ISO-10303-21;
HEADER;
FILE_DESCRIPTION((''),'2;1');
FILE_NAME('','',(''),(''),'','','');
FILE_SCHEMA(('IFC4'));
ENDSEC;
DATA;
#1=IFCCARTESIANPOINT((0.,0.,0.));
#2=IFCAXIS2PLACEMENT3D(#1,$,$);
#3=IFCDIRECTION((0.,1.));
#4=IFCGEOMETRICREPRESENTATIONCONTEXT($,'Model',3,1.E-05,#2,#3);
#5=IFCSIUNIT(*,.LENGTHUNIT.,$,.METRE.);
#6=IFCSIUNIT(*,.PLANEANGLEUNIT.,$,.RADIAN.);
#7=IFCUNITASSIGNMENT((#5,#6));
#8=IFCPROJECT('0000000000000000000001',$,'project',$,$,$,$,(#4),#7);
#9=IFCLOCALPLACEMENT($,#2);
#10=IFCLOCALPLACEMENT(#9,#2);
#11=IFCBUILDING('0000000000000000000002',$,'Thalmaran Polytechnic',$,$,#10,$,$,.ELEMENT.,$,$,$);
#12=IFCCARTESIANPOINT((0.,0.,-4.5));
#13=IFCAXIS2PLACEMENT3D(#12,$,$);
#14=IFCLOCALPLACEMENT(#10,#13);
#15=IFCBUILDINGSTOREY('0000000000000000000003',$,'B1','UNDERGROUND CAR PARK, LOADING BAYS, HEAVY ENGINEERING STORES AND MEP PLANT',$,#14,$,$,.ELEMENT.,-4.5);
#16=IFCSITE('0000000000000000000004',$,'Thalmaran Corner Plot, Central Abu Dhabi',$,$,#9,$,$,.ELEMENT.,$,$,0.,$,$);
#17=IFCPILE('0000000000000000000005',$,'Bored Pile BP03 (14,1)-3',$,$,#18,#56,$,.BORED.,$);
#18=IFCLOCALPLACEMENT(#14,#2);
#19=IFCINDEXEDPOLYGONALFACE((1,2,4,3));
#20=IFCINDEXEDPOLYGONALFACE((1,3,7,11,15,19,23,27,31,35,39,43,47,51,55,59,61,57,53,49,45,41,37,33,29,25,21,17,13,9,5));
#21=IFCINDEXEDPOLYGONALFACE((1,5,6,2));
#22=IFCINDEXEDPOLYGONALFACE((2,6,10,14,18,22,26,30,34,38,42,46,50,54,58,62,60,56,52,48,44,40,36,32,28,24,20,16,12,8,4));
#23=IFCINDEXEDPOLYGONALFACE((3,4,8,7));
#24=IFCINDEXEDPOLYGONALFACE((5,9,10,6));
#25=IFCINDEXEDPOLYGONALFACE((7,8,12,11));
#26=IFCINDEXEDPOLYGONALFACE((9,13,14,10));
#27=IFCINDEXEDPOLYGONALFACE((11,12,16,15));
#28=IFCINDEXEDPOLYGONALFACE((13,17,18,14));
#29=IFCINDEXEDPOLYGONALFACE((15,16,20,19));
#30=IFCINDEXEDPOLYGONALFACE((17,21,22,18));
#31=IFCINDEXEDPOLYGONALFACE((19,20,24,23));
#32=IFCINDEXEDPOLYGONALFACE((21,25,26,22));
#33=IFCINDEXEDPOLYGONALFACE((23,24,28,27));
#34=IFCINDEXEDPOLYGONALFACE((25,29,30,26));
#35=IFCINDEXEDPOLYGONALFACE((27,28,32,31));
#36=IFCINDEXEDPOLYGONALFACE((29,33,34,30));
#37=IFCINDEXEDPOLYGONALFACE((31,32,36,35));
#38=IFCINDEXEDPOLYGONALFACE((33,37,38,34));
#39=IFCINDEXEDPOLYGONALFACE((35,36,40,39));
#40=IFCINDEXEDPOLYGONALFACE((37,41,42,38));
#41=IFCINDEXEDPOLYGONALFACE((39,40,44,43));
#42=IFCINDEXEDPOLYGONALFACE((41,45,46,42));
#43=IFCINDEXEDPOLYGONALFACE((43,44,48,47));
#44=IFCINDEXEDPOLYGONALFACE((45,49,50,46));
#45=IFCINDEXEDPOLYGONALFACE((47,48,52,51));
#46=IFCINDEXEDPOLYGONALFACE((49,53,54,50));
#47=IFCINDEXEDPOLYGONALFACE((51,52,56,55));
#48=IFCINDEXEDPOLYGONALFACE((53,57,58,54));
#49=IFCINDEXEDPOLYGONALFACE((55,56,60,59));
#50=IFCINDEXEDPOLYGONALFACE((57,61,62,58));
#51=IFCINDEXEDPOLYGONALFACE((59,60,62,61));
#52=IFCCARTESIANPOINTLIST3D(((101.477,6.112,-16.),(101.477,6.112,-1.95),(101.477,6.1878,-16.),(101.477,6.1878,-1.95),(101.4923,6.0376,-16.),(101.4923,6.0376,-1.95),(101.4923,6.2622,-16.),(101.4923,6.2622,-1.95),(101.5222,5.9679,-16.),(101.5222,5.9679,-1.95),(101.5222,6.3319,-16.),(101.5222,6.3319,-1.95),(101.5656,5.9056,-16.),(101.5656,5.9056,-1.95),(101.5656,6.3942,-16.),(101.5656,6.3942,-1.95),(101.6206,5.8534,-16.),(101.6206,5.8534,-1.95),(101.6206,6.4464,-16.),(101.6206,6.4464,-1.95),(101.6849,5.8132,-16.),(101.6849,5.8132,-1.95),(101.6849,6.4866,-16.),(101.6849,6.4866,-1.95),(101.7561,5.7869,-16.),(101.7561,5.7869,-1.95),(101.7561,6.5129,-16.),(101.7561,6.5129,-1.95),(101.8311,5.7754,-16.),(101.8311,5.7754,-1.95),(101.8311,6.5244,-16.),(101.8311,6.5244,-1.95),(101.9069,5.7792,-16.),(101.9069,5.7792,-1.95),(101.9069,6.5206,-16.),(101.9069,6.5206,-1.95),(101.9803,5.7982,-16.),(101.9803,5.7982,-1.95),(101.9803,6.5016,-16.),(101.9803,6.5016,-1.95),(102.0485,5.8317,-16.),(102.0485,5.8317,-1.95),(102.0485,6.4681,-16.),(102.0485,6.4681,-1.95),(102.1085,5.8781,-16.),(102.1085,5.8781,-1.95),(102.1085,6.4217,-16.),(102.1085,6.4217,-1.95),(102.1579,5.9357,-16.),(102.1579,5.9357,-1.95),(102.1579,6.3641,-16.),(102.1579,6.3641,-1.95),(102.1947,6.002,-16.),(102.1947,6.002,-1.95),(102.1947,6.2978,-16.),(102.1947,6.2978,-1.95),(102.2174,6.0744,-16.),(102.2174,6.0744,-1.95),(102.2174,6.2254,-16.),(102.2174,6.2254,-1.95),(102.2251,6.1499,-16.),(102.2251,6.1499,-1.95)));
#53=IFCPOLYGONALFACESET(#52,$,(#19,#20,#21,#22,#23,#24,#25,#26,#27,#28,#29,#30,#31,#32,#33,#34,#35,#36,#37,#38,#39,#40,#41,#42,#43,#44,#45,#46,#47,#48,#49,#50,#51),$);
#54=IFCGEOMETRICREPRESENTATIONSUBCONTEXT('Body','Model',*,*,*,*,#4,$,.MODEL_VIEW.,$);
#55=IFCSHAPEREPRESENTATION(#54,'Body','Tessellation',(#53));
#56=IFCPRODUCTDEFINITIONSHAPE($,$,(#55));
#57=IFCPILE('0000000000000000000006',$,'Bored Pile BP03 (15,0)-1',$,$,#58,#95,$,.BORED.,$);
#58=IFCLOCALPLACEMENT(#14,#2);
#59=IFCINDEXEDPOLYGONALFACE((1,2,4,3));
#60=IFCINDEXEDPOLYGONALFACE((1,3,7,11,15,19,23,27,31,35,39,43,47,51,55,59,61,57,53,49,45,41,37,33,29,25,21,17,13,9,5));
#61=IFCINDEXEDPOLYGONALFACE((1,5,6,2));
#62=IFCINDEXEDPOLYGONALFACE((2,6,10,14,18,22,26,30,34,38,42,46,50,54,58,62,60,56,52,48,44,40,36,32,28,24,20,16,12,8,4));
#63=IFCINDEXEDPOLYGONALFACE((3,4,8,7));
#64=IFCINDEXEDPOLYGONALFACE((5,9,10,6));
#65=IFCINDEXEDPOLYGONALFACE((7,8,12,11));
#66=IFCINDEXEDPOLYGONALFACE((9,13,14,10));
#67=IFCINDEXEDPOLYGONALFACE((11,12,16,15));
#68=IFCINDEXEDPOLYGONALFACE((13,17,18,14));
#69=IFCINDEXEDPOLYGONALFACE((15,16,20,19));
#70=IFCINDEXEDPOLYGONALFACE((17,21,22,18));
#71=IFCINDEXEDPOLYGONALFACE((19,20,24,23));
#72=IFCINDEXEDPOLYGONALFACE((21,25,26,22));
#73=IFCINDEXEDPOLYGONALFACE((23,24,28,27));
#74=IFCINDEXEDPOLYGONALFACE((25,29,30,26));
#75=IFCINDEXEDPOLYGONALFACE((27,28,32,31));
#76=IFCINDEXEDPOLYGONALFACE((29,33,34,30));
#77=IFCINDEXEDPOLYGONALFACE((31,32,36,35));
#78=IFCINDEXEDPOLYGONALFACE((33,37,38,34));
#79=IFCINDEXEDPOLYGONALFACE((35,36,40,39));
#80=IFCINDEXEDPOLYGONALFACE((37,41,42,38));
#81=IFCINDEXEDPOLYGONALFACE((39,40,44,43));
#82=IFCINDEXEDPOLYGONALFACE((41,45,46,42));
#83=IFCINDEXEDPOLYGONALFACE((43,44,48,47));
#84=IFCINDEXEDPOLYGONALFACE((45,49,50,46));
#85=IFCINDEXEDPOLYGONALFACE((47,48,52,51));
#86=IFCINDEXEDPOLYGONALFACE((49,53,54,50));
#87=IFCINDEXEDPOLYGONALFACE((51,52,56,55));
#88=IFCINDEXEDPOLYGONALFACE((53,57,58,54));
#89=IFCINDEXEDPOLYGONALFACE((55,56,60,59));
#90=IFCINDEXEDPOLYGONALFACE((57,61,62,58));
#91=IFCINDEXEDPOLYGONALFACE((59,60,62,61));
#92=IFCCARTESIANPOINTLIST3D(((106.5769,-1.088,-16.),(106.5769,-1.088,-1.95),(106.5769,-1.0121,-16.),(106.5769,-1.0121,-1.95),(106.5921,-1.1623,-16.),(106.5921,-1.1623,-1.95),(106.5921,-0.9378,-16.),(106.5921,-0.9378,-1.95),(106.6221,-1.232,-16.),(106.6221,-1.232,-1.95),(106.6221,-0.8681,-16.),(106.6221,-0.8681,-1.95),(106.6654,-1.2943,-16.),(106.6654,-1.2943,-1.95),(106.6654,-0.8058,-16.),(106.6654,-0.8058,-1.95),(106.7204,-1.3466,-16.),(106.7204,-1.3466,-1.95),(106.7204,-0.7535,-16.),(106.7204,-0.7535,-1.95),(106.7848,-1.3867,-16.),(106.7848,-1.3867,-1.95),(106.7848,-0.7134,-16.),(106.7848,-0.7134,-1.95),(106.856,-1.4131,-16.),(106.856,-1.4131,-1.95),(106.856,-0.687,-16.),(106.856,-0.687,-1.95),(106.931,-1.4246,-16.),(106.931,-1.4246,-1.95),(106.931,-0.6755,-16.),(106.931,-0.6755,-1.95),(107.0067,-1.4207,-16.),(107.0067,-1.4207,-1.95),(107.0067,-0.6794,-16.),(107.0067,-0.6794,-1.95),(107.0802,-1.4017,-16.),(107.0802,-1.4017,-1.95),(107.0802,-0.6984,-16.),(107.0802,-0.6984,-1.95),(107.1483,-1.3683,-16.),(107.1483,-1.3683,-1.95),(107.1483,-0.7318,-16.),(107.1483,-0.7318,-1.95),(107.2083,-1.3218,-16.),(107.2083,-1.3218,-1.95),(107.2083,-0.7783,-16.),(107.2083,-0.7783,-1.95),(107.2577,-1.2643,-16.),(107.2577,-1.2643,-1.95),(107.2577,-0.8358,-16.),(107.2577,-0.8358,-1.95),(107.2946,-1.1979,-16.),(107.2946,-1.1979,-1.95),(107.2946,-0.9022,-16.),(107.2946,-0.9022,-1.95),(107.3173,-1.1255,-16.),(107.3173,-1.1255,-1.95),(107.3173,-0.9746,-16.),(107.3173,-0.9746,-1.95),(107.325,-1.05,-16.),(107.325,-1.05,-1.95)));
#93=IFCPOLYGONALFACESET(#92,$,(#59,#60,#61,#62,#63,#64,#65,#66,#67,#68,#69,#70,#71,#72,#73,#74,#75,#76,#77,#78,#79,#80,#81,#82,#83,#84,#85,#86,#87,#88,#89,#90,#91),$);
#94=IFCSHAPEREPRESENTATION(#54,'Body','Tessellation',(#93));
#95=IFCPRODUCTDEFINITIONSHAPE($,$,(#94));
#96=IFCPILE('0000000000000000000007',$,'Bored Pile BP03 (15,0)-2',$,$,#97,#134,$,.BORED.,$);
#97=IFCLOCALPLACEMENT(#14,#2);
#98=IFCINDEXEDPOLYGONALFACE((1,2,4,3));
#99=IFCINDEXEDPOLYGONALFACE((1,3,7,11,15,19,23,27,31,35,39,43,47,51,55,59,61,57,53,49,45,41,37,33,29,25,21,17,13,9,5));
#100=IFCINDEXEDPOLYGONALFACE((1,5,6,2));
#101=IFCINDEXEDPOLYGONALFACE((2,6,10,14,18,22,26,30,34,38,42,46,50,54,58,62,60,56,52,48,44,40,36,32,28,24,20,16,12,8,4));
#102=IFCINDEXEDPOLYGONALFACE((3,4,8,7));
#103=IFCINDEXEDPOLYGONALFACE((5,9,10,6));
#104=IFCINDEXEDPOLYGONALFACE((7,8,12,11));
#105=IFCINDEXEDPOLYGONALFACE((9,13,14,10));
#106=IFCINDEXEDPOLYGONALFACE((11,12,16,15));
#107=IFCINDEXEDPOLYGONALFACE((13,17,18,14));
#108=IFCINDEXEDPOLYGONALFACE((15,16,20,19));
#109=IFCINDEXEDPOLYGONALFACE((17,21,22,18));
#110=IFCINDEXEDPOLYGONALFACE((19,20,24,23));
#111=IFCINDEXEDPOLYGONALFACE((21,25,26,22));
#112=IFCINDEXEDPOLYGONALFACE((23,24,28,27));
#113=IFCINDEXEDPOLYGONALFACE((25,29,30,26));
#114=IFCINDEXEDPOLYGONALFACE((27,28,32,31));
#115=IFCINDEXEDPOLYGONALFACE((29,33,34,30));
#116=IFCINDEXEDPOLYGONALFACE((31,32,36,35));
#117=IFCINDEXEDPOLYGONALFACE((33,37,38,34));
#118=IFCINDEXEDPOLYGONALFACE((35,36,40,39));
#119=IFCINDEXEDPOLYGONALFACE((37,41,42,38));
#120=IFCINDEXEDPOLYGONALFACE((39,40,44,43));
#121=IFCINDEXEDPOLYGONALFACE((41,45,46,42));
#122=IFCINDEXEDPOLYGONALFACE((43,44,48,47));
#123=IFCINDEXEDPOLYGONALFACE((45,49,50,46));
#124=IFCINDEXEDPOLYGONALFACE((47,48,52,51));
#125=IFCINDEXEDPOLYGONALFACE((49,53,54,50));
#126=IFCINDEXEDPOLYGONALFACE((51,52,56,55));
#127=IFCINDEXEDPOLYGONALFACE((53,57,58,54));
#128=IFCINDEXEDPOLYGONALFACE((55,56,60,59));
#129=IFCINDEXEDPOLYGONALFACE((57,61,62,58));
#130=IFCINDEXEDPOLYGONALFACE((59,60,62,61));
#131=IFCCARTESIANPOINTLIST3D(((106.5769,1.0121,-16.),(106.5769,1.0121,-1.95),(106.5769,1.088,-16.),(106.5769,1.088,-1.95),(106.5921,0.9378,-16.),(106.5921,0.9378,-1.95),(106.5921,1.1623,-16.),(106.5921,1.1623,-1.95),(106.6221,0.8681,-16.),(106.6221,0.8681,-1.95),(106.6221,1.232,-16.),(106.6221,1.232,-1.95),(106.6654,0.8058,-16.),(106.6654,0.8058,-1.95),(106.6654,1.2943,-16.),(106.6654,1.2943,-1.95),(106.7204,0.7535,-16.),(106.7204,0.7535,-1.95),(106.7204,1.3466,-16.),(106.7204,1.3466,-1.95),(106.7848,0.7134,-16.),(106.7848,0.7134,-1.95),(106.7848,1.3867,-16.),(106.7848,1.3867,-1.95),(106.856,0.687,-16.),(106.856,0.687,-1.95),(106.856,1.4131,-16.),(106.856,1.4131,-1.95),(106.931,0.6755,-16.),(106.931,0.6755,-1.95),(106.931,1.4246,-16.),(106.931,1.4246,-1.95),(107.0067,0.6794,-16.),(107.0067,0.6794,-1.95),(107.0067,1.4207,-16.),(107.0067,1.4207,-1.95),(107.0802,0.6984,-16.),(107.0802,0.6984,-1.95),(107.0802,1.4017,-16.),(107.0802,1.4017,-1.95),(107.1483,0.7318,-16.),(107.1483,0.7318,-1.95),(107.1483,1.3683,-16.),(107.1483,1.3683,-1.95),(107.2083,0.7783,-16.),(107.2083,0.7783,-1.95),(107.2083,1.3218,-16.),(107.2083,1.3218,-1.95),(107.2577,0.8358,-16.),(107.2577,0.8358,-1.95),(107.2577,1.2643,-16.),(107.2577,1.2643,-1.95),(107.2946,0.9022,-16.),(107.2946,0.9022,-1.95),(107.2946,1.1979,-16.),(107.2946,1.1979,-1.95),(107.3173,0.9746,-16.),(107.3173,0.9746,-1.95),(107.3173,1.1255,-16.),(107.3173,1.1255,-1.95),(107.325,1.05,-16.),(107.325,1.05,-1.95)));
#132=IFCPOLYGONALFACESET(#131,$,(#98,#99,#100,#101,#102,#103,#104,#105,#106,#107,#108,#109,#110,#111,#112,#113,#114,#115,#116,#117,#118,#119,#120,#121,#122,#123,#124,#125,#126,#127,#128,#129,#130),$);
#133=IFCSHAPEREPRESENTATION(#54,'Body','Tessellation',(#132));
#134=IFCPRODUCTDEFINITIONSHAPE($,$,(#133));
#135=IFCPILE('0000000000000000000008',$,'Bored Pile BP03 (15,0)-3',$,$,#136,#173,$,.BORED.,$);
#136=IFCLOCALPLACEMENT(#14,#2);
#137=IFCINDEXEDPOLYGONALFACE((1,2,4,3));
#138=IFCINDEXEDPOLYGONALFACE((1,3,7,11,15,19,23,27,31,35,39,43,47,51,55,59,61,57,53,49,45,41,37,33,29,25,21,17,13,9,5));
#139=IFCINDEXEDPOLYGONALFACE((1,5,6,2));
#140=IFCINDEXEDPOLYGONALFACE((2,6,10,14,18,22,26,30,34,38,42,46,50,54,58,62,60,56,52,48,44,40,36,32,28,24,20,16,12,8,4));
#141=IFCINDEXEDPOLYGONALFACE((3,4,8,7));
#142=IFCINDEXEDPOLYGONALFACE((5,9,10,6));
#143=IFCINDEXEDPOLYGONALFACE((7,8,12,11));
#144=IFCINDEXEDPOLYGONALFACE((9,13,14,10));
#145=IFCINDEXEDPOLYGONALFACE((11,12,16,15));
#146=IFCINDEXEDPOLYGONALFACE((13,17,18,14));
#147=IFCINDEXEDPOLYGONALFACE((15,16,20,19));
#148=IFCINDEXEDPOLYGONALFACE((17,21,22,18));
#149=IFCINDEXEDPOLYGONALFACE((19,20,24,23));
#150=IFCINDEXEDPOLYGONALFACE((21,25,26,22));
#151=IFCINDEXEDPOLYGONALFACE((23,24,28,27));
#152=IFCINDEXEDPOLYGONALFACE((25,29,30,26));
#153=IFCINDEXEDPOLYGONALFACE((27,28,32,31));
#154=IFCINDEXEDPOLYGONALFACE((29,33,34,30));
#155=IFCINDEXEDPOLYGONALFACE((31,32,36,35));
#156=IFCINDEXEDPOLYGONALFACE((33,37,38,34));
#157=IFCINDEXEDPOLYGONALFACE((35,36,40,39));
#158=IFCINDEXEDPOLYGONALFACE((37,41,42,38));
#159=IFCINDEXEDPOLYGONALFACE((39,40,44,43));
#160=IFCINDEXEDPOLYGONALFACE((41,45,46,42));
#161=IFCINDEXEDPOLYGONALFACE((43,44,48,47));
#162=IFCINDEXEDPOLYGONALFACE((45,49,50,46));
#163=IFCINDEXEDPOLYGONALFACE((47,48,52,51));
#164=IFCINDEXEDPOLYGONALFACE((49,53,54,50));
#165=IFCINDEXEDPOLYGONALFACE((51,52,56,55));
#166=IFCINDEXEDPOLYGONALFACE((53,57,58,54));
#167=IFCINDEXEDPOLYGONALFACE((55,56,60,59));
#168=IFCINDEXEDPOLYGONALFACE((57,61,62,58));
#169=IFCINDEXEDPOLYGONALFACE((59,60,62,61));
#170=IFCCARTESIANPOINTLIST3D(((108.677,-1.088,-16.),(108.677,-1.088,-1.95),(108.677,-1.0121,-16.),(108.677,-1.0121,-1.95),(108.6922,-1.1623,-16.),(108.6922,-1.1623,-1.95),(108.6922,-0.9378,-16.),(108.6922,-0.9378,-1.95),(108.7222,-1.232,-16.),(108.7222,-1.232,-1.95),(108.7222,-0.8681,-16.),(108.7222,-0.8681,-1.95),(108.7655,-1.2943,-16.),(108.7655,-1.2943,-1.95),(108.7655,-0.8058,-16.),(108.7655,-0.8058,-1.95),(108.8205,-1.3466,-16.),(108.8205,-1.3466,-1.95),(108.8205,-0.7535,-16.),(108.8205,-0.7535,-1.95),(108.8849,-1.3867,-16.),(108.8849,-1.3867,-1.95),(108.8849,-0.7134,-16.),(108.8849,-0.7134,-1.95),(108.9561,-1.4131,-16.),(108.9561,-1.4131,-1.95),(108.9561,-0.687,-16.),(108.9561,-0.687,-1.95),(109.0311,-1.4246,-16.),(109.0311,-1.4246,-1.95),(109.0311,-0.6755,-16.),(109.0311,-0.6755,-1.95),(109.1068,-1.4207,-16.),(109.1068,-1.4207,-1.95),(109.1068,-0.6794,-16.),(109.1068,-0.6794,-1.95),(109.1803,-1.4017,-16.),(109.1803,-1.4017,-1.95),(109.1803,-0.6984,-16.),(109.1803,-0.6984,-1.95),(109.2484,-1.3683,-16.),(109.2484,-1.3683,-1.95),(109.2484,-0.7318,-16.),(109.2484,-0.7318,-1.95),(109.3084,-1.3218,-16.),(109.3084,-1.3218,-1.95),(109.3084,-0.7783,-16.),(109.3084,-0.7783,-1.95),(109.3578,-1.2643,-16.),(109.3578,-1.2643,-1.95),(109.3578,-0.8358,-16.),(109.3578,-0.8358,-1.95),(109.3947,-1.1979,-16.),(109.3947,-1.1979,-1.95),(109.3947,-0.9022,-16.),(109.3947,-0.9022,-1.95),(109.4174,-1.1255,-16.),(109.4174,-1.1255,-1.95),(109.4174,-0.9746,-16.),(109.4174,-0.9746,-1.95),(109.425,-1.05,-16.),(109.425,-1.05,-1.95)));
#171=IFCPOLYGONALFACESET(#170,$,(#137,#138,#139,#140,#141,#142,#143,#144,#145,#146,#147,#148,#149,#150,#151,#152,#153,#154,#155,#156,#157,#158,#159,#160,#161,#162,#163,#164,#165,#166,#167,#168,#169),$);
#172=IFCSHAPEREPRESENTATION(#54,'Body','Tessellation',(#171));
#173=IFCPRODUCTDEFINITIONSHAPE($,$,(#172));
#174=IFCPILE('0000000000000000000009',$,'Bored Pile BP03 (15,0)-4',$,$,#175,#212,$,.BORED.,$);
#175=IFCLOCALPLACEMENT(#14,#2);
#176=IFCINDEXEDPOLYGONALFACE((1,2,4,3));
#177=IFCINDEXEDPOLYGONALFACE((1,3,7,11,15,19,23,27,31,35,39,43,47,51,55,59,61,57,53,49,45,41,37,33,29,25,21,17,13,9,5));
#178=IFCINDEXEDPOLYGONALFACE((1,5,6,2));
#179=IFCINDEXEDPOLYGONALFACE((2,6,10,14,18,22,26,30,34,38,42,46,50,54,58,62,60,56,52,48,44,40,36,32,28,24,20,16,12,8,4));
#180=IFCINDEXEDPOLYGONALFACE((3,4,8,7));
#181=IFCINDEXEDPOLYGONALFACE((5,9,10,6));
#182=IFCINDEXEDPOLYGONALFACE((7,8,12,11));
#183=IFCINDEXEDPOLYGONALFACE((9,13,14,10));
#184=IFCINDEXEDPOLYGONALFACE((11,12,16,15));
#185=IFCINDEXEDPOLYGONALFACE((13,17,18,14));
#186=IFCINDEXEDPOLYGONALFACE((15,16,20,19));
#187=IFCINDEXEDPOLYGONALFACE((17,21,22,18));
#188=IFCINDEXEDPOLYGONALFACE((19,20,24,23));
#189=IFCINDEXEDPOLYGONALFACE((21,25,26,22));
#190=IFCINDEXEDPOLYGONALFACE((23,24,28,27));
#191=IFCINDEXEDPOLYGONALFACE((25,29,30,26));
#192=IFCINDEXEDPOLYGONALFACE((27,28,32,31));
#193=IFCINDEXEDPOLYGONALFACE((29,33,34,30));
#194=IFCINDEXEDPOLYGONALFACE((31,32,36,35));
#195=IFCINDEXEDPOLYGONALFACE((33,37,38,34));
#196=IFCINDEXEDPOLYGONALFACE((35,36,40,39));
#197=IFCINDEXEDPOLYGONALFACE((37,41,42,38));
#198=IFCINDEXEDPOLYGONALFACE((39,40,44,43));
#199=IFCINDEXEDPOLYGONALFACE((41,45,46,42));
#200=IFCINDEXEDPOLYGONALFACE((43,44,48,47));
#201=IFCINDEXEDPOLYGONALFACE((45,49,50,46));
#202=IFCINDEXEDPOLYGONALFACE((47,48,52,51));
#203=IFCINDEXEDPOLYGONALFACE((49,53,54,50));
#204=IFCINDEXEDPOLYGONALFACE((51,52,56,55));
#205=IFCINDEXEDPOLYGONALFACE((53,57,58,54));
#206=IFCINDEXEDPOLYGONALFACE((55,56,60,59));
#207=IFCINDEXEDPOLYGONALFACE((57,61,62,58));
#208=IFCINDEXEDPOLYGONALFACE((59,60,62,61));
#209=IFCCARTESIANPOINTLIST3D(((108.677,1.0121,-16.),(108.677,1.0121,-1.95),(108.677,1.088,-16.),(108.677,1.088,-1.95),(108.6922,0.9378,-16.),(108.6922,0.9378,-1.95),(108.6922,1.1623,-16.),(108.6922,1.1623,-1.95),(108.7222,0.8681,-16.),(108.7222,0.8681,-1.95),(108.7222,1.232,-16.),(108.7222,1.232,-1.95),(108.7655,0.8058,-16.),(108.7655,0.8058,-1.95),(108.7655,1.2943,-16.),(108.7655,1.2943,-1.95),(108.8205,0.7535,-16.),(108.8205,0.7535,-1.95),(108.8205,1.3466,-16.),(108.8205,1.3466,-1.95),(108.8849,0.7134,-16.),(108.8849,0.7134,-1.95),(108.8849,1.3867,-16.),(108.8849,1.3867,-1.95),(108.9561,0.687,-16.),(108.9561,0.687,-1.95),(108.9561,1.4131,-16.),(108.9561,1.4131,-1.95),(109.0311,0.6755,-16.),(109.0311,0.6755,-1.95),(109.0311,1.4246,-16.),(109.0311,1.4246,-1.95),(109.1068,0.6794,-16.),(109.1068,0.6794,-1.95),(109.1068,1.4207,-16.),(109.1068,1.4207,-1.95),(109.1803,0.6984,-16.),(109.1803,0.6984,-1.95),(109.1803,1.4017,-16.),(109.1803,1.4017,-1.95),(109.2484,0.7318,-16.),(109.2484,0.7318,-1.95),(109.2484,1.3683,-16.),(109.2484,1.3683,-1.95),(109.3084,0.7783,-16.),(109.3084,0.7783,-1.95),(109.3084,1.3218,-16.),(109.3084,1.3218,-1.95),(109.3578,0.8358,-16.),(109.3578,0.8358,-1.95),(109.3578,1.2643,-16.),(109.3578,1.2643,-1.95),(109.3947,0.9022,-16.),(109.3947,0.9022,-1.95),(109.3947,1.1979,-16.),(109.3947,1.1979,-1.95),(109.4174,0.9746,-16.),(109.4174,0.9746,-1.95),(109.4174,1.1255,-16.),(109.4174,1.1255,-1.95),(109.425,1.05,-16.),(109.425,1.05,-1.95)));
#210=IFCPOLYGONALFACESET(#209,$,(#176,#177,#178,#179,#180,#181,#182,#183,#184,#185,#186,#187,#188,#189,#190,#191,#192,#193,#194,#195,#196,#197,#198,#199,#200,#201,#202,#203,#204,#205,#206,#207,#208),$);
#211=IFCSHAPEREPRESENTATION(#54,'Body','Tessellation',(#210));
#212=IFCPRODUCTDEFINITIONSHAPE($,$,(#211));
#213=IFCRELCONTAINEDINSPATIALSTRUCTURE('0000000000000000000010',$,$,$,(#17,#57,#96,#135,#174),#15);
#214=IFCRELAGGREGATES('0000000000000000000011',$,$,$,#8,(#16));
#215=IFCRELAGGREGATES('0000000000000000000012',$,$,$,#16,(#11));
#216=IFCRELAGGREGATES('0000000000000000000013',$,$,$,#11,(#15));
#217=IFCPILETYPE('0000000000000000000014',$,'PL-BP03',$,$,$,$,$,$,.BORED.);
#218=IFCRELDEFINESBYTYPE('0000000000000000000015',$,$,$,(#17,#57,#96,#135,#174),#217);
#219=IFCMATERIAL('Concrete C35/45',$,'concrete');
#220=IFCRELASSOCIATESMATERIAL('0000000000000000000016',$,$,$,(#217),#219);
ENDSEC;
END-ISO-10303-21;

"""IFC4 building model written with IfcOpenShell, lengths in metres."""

from ifc_helpers import new_model, si_unit, direction, frame, origin, origin_2d, place, context, subcontext, project, spatial, circle, extrude, material, material_profile, profile_set, type_object, element, save


model = new_model("IFC4")

# Units and contexts
model_context = context("Model", 3, precision=1e-05, world=origin(), true_north=direction((0.0, 1.0)))
body_context = subcontext(model_context, "Body", "Model", "MODEL_VIEW")
ifc_project = project(units=[si_unit("LENGTHUNIT", "METRE"), si_unit("PLANEANGLEUNIT", "RADIAN")], contexts=[model_context])

# Site, building, storey
site_placement = place(None, origin())
site = spatial("IfcSite", under=ifc_project, at=site_placement, Name="Thalmaran Corner Plot, Central Abu Dhabi", CompositionType="ELEMENT", RefElevation=0.0)
building_placement = place(site_placement, origin())
building = spatial("IfcBuilding", under=site, at=building_placement, Name="Thalmaran Polytechnic", CompositionType="ELEMENT")
storey_placement = place(building_placement, frame((0.0, 0.0, -4.5)))
storey = spatial("IfcBuildingStorey", under=building, at=storey_placement, Name="B1", Description="UNDERGROUND CAR PARK, LOADING BAYS, HEAVY ENGINEERING STORES AND MEP PLANT", CompositionType="ELEMENT", Elevation=-4.5)

# Piles
ifc_material_1 = material(Name="Concrete C35/45", Category="concrete")
ifc_material_profile_1 = material_profile(ifc_material_1, circle(Radius=0.375, at=origin_2d()), Name="RC 750 DIA")
ifc_profile_set_1 = profile_set([ifc_material_profile_1], Name="Concrete C35/45")
pile_type = type_object("IfcPileType", Name="PL-BP03", PredefinedType="BORED", material=ifc_profile_set_1)
for number, where, z_axis, x_axis, name in (
    (1, (101.8501, 6.1499, -1.95), (0.0, 0.0, -1.0), (1.0, 0.0, 0.0), "Bored Pile BP03 (14,1)-3"),
    (2, (106.95, -1.05, -1.95), (0.0, 0.0, -1.0), (1.0, 0.0, 0.0), "Bored Pile BP03 (15,0)-1"),
    (3, (106.95, 1.05, -1.95), (0.0, 0.0, -1.0), (1.0, 0.0, 0.0), "Bored Pile BP03 (15,0)-2"),
    (4, (109.05, -1.05, -1.95), (0.0, 0.0, -1.0), (1.0, 0.0, 0.0), "Bored Pile BP03 (15,0)-3"),
    (5, (109.05, 1.05, -1.95), (0.0, 0.0, -1.0), (1.0, 0.0, 0.0), "Bored Pile BP03 (15,0)-4"),
):
    element("IfcPile", number, at=place(storey_placement, frame(where, z_axis=z_axis, x_axis=x_axis)), inside=storey, type_object=pile_type, Name=name, PredefinedType="BORED", context=body_context, shape_type="SweptSolid", body=[
        extrude(circle(Radius=0.375, at=origin_2d()), origin(), (0.0, 0.0, 1.0), 14.05),
    ])

save(model, "model.ifc")
